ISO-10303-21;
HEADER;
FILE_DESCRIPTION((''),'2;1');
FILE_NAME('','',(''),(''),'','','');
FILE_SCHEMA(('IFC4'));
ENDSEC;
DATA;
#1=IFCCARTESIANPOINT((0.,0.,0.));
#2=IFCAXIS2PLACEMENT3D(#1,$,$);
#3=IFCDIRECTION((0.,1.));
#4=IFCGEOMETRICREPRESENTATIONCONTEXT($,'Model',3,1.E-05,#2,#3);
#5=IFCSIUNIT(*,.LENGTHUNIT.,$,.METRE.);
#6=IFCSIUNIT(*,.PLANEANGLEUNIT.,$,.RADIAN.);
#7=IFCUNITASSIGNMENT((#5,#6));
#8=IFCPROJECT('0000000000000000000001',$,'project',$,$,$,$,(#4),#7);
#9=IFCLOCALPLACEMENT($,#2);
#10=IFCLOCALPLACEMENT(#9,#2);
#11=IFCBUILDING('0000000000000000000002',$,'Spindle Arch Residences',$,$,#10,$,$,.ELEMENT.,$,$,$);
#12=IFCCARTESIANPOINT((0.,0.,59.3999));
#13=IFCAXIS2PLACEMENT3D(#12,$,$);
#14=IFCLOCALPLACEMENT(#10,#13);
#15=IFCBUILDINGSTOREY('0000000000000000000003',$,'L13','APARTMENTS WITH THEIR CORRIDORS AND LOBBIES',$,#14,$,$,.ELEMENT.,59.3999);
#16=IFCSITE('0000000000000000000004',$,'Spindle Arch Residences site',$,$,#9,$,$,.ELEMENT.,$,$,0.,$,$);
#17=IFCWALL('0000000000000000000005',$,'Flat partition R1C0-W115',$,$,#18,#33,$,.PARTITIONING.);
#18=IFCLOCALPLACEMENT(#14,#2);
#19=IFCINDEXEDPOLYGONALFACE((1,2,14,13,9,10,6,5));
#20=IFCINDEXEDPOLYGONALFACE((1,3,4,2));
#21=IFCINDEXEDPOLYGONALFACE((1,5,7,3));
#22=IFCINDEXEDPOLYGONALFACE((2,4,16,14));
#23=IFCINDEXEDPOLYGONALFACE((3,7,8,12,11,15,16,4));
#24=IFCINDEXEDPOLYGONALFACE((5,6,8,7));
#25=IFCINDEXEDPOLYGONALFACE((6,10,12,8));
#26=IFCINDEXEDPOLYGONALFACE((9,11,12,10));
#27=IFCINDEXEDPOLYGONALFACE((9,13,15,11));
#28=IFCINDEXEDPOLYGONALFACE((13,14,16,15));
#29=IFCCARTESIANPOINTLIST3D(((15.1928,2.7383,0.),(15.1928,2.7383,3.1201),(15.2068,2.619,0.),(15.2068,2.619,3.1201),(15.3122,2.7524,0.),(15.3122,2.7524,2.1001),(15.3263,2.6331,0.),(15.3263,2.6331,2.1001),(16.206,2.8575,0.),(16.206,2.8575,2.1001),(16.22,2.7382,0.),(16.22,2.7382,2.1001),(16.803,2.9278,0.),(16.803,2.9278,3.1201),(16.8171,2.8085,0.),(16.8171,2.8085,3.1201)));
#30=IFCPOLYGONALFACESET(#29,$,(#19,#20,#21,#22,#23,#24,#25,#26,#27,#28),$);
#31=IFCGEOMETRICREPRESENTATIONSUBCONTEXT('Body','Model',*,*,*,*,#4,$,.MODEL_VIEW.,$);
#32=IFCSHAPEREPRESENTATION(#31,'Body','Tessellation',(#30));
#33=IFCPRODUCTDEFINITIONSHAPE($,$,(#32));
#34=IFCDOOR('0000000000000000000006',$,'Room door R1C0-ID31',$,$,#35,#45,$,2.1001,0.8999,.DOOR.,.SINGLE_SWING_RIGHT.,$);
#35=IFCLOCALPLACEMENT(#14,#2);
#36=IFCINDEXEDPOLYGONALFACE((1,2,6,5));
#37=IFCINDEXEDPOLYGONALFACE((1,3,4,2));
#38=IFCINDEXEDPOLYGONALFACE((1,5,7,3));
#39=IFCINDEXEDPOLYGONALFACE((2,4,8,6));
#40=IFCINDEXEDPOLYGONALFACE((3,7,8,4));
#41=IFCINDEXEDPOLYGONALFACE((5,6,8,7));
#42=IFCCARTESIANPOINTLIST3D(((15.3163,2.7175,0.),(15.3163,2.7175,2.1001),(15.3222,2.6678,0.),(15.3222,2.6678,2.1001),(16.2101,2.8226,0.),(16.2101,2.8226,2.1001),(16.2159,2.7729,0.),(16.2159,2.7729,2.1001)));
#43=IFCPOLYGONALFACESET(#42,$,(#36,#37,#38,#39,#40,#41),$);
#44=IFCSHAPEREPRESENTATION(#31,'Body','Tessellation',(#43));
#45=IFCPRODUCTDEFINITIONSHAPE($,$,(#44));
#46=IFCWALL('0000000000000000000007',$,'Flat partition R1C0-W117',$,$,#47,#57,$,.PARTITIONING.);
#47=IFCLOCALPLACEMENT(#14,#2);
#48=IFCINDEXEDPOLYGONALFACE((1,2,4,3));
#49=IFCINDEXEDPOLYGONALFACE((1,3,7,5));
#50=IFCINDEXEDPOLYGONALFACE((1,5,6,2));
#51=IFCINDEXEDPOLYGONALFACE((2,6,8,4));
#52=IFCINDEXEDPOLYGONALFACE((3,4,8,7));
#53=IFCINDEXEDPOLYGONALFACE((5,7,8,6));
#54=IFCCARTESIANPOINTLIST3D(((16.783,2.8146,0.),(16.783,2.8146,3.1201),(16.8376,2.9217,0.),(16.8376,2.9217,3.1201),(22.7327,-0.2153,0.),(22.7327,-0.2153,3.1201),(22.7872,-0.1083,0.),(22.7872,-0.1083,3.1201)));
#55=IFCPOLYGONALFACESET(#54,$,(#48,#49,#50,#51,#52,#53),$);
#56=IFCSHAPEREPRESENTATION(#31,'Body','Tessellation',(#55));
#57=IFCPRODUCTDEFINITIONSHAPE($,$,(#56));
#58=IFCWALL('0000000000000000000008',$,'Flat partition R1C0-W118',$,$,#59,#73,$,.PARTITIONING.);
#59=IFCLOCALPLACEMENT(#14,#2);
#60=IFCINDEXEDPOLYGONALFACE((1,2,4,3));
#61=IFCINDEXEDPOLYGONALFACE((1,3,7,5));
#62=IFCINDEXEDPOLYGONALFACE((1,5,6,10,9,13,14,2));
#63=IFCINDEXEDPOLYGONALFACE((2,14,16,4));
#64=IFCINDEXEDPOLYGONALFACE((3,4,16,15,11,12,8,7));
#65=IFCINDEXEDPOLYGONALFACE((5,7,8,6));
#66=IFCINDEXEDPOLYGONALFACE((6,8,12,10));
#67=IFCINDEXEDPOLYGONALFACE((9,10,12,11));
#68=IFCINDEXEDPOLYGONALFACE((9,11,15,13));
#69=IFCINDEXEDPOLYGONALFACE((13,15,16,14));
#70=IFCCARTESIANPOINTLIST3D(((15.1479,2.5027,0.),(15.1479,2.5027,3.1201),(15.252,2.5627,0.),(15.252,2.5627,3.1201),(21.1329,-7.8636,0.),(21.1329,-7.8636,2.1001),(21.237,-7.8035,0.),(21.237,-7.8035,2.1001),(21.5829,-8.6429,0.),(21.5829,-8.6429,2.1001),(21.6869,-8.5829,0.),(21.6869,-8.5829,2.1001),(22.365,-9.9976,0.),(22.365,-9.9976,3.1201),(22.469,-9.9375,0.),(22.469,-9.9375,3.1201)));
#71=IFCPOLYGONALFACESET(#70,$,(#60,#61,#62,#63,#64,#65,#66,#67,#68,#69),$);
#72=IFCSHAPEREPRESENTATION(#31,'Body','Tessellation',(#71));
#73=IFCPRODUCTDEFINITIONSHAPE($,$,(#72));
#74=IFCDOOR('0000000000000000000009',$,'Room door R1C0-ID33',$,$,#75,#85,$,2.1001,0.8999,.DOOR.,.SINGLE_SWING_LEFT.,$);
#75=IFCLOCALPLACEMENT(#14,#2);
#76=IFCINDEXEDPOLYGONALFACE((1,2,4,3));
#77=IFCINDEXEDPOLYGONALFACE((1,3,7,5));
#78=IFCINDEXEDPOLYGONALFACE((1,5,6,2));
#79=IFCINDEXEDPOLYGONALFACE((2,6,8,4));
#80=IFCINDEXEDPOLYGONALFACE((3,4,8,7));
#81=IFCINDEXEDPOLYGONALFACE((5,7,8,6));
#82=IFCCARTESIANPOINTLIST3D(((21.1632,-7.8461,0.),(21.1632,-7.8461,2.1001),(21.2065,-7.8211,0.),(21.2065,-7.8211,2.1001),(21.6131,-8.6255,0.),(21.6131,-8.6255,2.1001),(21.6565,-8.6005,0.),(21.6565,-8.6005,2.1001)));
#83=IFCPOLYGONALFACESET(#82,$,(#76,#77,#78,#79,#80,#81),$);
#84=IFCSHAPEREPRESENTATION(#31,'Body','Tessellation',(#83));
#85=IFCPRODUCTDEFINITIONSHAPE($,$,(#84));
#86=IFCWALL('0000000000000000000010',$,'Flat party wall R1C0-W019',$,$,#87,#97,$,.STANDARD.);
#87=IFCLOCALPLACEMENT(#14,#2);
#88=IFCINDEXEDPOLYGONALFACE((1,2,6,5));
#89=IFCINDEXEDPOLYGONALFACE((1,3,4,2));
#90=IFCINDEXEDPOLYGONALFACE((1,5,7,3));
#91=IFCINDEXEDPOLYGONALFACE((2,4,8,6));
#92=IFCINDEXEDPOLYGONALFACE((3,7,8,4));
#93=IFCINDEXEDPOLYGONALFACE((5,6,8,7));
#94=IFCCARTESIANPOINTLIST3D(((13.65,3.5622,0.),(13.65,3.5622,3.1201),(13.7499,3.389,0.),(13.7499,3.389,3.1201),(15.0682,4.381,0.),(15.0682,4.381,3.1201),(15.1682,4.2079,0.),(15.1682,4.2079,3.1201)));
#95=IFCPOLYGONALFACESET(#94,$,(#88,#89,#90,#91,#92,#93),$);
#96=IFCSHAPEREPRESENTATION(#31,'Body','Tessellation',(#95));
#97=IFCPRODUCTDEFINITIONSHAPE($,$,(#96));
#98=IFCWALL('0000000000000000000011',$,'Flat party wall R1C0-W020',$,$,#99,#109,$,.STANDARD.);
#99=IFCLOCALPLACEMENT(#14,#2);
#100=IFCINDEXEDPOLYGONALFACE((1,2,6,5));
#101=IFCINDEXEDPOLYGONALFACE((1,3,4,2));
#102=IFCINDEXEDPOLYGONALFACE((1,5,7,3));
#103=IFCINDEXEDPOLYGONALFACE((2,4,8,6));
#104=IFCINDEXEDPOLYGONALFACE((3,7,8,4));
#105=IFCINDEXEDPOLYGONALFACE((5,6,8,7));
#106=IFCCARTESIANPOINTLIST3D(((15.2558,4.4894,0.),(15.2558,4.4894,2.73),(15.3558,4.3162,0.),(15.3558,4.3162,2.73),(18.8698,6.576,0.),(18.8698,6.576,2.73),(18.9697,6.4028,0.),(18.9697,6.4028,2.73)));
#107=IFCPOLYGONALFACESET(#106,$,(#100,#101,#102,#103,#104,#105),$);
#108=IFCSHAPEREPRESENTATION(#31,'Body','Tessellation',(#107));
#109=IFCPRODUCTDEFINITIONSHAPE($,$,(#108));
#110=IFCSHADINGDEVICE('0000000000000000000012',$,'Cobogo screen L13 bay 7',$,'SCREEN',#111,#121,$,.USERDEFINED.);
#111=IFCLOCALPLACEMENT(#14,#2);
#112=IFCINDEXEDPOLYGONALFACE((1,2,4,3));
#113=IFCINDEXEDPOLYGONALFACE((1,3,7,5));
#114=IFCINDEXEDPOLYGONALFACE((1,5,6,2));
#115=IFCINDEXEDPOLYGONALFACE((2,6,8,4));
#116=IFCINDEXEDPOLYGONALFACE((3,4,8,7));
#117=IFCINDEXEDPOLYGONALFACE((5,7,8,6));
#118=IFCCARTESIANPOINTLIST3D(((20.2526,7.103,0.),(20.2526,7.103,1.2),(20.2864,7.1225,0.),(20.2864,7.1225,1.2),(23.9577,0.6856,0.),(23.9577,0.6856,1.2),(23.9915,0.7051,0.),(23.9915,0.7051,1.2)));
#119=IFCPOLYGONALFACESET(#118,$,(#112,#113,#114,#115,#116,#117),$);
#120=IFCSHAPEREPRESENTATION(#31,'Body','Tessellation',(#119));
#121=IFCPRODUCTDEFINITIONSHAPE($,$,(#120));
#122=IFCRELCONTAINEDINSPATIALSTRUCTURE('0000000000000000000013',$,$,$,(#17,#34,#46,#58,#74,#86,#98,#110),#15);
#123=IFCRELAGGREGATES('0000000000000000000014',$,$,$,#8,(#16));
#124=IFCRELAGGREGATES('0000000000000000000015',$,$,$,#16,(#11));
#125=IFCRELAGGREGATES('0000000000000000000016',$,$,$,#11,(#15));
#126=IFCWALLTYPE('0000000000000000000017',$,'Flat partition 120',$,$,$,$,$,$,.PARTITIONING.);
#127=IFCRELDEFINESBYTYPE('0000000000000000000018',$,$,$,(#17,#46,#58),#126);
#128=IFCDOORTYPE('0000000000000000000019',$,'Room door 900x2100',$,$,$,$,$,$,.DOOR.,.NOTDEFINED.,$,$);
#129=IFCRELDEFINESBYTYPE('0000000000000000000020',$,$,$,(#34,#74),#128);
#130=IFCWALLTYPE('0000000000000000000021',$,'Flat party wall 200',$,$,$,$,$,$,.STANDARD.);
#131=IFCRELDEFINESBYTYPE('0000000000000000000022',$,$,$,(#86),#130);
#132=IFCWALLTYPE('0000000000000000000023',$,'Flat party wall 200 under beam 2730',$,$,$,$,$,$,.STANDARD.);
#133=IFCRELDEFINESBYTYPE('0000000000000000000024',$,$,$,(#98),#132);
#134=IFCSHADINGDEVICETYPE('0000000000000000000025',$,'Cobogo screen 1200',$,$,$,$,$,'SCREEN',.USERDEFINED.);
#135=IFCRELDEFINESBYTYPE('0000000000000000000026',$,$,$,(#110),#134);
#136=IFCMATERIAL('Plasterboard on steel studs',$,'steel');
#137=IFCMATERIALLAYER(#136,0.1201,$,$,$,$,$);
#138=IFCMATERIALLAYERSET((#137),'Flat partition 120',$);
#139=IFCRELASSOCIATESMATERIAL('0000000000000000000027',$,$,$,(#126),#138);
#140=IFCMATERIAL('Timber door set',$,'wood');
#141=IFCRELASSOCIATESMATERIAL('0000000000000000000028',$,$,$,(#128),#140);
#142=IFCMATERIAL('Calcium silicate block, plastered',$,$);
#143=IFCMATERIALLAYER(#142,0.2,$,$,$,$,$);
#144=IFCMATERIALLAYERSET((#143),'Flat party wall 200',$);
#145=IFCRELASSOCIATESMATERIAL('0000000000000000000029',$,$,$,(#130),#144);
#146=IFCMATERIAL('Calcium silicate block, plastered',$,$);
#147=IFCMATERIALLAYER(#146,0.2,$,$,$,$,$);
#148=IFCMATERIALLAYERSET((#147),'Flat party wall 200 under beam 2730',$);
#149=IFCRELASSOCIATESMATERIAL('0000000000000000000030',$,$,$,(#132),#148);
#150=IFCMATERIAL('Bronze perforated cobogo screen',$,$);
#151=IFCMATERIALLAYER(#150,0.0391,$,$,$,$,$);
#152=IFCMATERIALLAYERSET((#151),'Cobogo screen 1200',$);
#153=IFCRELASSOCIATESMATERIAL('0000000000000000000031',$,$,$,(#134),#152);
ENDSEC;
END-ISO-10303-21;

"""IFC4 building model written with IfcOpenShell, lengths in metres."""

from ifc_helpers import new_model, si_unit, direction, frame, frame_2d, origin, origin_2d, place, context, subcontext, project, spatial, rectangle, extrude, material, layer, layer_set, type_object, element, fill, save


model = new_model("IFC4")

# Units and contexts
model_context = context("Model", 3, precision=1e-05, world=origin(), true_north=direction((0.0, 1.0)))
body_context = subcontext(model_context, "Body", "Model", "MODEL_VIEW")
ifc_project = project(units=[si_unit("LENGTHUNIT", "METRE"), si_unit("PLANEANGLEUNIT", "RADIAN")], contexts=[model_context])

# Site, building, storey
site_placement = place(None, origin())
site = spatial("IfcSite", under=ifc_project, at=site_placement, Name="Spindle Arch Residences site", CompositionType="ELEMENT", RefElevation=0.0)
building_placement = place(site_placement, origin())
building = spatial("IfcBuilding", under=site, at=building_placement, Name="Spindle Arch Residences", CompositionType="ELEMENT")
storey_placement = place(building_placement, frame((0.0, 0.0, 59.3999)))
storey = spatial("IfcBuildingStorey", under=building, at=storey_placement, Name="L13", Description="APARTMENTS WITH THEIR CORRIDORS AND LOBBIES", CompositionType="ELEMENT", Elevation=59.3999)

# Shared definitions
ifc_material_1 = material(Name="Plasterboard on steel studs", Category="steel")
ifc_layer_1 = layer(ifc_material_1, 0.1201)
ifc_layer_set_1 = layer_set([ifc_layer_1], Name="Flat partition 120")
wall_type_1 = type_object("IfcWallType", Name="Flat partition 120", PredefinedType="PARTITIONING", material=ifc_layer_set_1)
ifc_material_2 = material(Name="Timber door set", Category="wood")
door_type_1 = type_object("IfcDoorType", Name="Room door 900x2100", OperationType="NOTDEFINED", PredefinedType="DOOR", material=ifc_material_2)

# Wall, opening, door
wall_1_placement = place(storey_placement, frame((15.2, 2.6787, 0.0), z_axis=(0.0, 0.0, 1.0), x_axis=(0.993151, 0.116841, 0.0)))
wall_1 = element("IfcWall", 1, at=wall_1_placement, inside=storey, type_object=wall_type_1, Name="Flat partition R1C0-W115", PredefinedType="PARTITIONING", context=body_context, shape_type="SweptSolid", body=[
    extrude(rectangle(XDim=1.6213, YDim=0.1201, at=frame_2d((0.8105, 0.0))), origin(), (0.0, 0.0, 1.0), 3.1201),
])
opening_1_placement = place(wall_1_placement, frame((0.1201, 0.0, 0.0)))
opening_1 = element("IfcOpeningElement", 2, at=opening_1_placement, cuts=wall_1, PredefinedType="OPENING", context=body_context, shape_type="SweptSolid", body=[
    extrude(rectangle(XDim=0.8999, YDim=2.1001, at=frame_2d((0.45, 1.05))), frame((0.0, 0.0701, 0.0), z_axis=(0.0, -1.0, 0.0), x_axis=(1.0, 0.0, 0.0)), (0.0, 0.0, 1.0), 0.1401),
])
door_1_placement = place(opening_1_placement, origin())
door_1 = element("IfcDoor", 3, at=door_1_placement, inside=storey, type_object=door_type_1, Name="Room door R1C0-ID31", OperationType="SINGLE_SWING_RIGHT", OverallHeight=2.1001, OverallWidth=0.8999, PredefinedType="DOOR", context=body_context, shape_type="SweptSolid", body=[
    extrude(rectangle(XDim=0.8999, YDim=2.1001, at=frame_2d((0.45, 1.05))), frame((0.0, 0.0249, 0.0), z_axis=(0.0, -1.0, 0.0), x_axis=(1.0, 0.0, 0.0)), (0.0, 0.0, 1.0), 0.05),
])
fill(opening_1, door_1)

# Wall
wall_2_placement = place(storey_placement, frame((16.8103, 2.8682, 0.0), z_axis=(0.0, 0.0, 1.0), x_axis=(0.891097, -0.453812, 0.0)))
element("IfcWall", 4, at=wall_2_placement, inside=storey, type_object=wall_type_1, Name="Flat partition R1C0-W117", PredefinedType="PARTITIONING", context=body_context, shape_type="SweptSolid", body=[
    extrude(rectangle(XDim=6.6768, YDim=0.1201, at=frame_2d((3.3384, 0.0))), origin(), (0.0, 0.0, 1.0), 3.1201),
])

# Wall, opening, door
wall_3_placement = place(storey_placement, frame((15.2, 2.5327, 0.0), z_axis=(0.0, 0.0, 1.0), x_axis=(0.500001, -0.866025, 0.0)))
wall_3 = element("IfcWall", 5, at=wall_3_placement, inside=storey, type_object=wall_type_1, Name="Flat partition R1C0-W118", PredefinedType="PARTITIONING", context=body_context, shape_type="SweptSolid", body=[
    extrude(rectangle(XDim=14.4341, YDim=0.1201, at=frame_2d((7.217, 0.0))), origin(), (0.0, 0.0, 1.0), 3.1201),
])
opening_2_placement = place(wall_3_placement, frame((11.97, 0.0, 0.0)))
opening_2 = element("IfcOpeningElement", 6, at=opening_2_placement, cuts=wall_3, PredefinedType="OPENING", context=body_context, shape_type="SweptSolid", body=[
    extrude(rectangle(XDim=0.8999, YDim=2.1001, at=frame_2d((0.45, 1.05))), frame((0.0, 0.0701, 0.0), z_axis=(0.0, -1.0, 0.0), x_axis=(1.0, 0.0, 0.0)), (0.0, 0.0, 1.0), 0.1401),
])
door_2_placement = place(opening_2_placement, origin())
door_2 = element("IfcDoor", 7, at=door_2_placement, inside=storey, type_object=door_type_1, Name="Room door R1C0-ID33", OperationType="SINGLE_SWING_LEFT", OverallHeight=2.1001, OverallWidth=0.8999, PredefinedType="DOOR", context=body_context, shape_type="SweptSolid", body=[
    extrude(rectangle(XDim=0.8999, YDim=2.1001, at=frame_2d((0.45, 1.05))), frame((0.0, 0.0249, 0.0), z_axis=(0.0, -1.0, 0.0), x_axis=(1.0, 0.0, 0.0)), (0.0, 0.0, 1.0), 0.05),
])
fill(opening_2, door_2)

# Walls
ifc_material_3 = material(Name="Calcium silicate block, plastered")
ifc_layer_2 = layer(ifc_material_3, 0.2)
ifc_layer_set_2 = layer_set([ifc_layer_2], Name="Flat party wall 200")
wall_type_2 = type_object("IfcWallType", Name="Flat party wall 200", PredefinedType="STANDARD", material=ifc_layer_set_2)
wall_4_placement = place(storey_placement, frame((13.7, 3.4756, 0.0), z_axis=(0.0, 0.0, 1.0), x_axis=(0.866014, 0.500019, 0.0)))
element("IfcWall", 8, at=wall_4_placement, inside=storey, type_object=wall_type_2, Name="Flat party wall R1C0-W019", PredefinedType="STANDARD", context=body_context, shape_type="SweptSolid", body=[
    extrude(rectangle(XDim=1.6377, YDim=0.2, at=frame_2d((0.8188, 0.0))), origin(), (0.0, 0.0, 1.0), 3.1201),
])
ifc_material_4 = material(Name="Calcium silicate block, plastered")
ifc_layer_3 = layer(ifc_material_4, 0.2)
ifc_layer_set_3 = layer_set([ifc_layer_3], Name="Flat party wall 200 under beam 2730")
wall_type_3 = type_object("IfcWallType", Name="Flat party wall 200 under beam 2730", PredefinedType="STANDARD", material=ifc_layer_set_3)
wall_5_placement = place(storey_placement, frame((15.3059, 4.4028, 0.0), z_axis=(0.0, 0.0, 1.0), x_axis=(0.866013, 0.500021, 0.0)))
element("IfcWall", 9, at=wall_5_placement, inside=storey, type_object=wall_type_3, Name="Flat party wall R1C0-W020", PredefinedType="STANDARD", context=body_context, shape_type="SweptSolid", body=[
    extrude(rectangle(XDim=4.1731, YDim=0.2, at=frame_2d((2.0864, 0.0))), origin(), (0.0, 0.0, 1.0), 2.73),
])

# Shading device
ifc_material_5 = material(Name="Bronze perforated cobogo screen")
ifc_layer_4 = layer(ifc_material_5, 0.0391)
ifc_layer_set_4 = layer_set([ifc_layer_4], Name="Cobogo screen 1200")
shading_device_type = type_object("IfcShadingDeviceType", Name="Cobogo screen 1200", ElementType="SCREEN", PredefinedType="USERDEFINED", material=ifc_layer_set_4)
shading_device_placement = place(storey_placement, frame((22.1221, 3.9041, 0.0), z_axis=(0.0, 0.0, 1.0), x_axis=(-0.5, 0.866025, 0.0)))
element("IfcShadingDevice", 10, at=shading_device_placement, inside=storey, type_object=shading_device_type, Name="Cobogo screen L13 bay 7", ObjectType="SCREEN", PredefinedType="USERDEFINED", context=body_context, shape_type="SweptSolid", body=[
    extrude(rectangle(XDim=7.4102, YDim=0.0391, at=origin_2d()), origin(), (0.0, 0.0, 1.0), 1.2),
])

save(model, "model.ifc")
